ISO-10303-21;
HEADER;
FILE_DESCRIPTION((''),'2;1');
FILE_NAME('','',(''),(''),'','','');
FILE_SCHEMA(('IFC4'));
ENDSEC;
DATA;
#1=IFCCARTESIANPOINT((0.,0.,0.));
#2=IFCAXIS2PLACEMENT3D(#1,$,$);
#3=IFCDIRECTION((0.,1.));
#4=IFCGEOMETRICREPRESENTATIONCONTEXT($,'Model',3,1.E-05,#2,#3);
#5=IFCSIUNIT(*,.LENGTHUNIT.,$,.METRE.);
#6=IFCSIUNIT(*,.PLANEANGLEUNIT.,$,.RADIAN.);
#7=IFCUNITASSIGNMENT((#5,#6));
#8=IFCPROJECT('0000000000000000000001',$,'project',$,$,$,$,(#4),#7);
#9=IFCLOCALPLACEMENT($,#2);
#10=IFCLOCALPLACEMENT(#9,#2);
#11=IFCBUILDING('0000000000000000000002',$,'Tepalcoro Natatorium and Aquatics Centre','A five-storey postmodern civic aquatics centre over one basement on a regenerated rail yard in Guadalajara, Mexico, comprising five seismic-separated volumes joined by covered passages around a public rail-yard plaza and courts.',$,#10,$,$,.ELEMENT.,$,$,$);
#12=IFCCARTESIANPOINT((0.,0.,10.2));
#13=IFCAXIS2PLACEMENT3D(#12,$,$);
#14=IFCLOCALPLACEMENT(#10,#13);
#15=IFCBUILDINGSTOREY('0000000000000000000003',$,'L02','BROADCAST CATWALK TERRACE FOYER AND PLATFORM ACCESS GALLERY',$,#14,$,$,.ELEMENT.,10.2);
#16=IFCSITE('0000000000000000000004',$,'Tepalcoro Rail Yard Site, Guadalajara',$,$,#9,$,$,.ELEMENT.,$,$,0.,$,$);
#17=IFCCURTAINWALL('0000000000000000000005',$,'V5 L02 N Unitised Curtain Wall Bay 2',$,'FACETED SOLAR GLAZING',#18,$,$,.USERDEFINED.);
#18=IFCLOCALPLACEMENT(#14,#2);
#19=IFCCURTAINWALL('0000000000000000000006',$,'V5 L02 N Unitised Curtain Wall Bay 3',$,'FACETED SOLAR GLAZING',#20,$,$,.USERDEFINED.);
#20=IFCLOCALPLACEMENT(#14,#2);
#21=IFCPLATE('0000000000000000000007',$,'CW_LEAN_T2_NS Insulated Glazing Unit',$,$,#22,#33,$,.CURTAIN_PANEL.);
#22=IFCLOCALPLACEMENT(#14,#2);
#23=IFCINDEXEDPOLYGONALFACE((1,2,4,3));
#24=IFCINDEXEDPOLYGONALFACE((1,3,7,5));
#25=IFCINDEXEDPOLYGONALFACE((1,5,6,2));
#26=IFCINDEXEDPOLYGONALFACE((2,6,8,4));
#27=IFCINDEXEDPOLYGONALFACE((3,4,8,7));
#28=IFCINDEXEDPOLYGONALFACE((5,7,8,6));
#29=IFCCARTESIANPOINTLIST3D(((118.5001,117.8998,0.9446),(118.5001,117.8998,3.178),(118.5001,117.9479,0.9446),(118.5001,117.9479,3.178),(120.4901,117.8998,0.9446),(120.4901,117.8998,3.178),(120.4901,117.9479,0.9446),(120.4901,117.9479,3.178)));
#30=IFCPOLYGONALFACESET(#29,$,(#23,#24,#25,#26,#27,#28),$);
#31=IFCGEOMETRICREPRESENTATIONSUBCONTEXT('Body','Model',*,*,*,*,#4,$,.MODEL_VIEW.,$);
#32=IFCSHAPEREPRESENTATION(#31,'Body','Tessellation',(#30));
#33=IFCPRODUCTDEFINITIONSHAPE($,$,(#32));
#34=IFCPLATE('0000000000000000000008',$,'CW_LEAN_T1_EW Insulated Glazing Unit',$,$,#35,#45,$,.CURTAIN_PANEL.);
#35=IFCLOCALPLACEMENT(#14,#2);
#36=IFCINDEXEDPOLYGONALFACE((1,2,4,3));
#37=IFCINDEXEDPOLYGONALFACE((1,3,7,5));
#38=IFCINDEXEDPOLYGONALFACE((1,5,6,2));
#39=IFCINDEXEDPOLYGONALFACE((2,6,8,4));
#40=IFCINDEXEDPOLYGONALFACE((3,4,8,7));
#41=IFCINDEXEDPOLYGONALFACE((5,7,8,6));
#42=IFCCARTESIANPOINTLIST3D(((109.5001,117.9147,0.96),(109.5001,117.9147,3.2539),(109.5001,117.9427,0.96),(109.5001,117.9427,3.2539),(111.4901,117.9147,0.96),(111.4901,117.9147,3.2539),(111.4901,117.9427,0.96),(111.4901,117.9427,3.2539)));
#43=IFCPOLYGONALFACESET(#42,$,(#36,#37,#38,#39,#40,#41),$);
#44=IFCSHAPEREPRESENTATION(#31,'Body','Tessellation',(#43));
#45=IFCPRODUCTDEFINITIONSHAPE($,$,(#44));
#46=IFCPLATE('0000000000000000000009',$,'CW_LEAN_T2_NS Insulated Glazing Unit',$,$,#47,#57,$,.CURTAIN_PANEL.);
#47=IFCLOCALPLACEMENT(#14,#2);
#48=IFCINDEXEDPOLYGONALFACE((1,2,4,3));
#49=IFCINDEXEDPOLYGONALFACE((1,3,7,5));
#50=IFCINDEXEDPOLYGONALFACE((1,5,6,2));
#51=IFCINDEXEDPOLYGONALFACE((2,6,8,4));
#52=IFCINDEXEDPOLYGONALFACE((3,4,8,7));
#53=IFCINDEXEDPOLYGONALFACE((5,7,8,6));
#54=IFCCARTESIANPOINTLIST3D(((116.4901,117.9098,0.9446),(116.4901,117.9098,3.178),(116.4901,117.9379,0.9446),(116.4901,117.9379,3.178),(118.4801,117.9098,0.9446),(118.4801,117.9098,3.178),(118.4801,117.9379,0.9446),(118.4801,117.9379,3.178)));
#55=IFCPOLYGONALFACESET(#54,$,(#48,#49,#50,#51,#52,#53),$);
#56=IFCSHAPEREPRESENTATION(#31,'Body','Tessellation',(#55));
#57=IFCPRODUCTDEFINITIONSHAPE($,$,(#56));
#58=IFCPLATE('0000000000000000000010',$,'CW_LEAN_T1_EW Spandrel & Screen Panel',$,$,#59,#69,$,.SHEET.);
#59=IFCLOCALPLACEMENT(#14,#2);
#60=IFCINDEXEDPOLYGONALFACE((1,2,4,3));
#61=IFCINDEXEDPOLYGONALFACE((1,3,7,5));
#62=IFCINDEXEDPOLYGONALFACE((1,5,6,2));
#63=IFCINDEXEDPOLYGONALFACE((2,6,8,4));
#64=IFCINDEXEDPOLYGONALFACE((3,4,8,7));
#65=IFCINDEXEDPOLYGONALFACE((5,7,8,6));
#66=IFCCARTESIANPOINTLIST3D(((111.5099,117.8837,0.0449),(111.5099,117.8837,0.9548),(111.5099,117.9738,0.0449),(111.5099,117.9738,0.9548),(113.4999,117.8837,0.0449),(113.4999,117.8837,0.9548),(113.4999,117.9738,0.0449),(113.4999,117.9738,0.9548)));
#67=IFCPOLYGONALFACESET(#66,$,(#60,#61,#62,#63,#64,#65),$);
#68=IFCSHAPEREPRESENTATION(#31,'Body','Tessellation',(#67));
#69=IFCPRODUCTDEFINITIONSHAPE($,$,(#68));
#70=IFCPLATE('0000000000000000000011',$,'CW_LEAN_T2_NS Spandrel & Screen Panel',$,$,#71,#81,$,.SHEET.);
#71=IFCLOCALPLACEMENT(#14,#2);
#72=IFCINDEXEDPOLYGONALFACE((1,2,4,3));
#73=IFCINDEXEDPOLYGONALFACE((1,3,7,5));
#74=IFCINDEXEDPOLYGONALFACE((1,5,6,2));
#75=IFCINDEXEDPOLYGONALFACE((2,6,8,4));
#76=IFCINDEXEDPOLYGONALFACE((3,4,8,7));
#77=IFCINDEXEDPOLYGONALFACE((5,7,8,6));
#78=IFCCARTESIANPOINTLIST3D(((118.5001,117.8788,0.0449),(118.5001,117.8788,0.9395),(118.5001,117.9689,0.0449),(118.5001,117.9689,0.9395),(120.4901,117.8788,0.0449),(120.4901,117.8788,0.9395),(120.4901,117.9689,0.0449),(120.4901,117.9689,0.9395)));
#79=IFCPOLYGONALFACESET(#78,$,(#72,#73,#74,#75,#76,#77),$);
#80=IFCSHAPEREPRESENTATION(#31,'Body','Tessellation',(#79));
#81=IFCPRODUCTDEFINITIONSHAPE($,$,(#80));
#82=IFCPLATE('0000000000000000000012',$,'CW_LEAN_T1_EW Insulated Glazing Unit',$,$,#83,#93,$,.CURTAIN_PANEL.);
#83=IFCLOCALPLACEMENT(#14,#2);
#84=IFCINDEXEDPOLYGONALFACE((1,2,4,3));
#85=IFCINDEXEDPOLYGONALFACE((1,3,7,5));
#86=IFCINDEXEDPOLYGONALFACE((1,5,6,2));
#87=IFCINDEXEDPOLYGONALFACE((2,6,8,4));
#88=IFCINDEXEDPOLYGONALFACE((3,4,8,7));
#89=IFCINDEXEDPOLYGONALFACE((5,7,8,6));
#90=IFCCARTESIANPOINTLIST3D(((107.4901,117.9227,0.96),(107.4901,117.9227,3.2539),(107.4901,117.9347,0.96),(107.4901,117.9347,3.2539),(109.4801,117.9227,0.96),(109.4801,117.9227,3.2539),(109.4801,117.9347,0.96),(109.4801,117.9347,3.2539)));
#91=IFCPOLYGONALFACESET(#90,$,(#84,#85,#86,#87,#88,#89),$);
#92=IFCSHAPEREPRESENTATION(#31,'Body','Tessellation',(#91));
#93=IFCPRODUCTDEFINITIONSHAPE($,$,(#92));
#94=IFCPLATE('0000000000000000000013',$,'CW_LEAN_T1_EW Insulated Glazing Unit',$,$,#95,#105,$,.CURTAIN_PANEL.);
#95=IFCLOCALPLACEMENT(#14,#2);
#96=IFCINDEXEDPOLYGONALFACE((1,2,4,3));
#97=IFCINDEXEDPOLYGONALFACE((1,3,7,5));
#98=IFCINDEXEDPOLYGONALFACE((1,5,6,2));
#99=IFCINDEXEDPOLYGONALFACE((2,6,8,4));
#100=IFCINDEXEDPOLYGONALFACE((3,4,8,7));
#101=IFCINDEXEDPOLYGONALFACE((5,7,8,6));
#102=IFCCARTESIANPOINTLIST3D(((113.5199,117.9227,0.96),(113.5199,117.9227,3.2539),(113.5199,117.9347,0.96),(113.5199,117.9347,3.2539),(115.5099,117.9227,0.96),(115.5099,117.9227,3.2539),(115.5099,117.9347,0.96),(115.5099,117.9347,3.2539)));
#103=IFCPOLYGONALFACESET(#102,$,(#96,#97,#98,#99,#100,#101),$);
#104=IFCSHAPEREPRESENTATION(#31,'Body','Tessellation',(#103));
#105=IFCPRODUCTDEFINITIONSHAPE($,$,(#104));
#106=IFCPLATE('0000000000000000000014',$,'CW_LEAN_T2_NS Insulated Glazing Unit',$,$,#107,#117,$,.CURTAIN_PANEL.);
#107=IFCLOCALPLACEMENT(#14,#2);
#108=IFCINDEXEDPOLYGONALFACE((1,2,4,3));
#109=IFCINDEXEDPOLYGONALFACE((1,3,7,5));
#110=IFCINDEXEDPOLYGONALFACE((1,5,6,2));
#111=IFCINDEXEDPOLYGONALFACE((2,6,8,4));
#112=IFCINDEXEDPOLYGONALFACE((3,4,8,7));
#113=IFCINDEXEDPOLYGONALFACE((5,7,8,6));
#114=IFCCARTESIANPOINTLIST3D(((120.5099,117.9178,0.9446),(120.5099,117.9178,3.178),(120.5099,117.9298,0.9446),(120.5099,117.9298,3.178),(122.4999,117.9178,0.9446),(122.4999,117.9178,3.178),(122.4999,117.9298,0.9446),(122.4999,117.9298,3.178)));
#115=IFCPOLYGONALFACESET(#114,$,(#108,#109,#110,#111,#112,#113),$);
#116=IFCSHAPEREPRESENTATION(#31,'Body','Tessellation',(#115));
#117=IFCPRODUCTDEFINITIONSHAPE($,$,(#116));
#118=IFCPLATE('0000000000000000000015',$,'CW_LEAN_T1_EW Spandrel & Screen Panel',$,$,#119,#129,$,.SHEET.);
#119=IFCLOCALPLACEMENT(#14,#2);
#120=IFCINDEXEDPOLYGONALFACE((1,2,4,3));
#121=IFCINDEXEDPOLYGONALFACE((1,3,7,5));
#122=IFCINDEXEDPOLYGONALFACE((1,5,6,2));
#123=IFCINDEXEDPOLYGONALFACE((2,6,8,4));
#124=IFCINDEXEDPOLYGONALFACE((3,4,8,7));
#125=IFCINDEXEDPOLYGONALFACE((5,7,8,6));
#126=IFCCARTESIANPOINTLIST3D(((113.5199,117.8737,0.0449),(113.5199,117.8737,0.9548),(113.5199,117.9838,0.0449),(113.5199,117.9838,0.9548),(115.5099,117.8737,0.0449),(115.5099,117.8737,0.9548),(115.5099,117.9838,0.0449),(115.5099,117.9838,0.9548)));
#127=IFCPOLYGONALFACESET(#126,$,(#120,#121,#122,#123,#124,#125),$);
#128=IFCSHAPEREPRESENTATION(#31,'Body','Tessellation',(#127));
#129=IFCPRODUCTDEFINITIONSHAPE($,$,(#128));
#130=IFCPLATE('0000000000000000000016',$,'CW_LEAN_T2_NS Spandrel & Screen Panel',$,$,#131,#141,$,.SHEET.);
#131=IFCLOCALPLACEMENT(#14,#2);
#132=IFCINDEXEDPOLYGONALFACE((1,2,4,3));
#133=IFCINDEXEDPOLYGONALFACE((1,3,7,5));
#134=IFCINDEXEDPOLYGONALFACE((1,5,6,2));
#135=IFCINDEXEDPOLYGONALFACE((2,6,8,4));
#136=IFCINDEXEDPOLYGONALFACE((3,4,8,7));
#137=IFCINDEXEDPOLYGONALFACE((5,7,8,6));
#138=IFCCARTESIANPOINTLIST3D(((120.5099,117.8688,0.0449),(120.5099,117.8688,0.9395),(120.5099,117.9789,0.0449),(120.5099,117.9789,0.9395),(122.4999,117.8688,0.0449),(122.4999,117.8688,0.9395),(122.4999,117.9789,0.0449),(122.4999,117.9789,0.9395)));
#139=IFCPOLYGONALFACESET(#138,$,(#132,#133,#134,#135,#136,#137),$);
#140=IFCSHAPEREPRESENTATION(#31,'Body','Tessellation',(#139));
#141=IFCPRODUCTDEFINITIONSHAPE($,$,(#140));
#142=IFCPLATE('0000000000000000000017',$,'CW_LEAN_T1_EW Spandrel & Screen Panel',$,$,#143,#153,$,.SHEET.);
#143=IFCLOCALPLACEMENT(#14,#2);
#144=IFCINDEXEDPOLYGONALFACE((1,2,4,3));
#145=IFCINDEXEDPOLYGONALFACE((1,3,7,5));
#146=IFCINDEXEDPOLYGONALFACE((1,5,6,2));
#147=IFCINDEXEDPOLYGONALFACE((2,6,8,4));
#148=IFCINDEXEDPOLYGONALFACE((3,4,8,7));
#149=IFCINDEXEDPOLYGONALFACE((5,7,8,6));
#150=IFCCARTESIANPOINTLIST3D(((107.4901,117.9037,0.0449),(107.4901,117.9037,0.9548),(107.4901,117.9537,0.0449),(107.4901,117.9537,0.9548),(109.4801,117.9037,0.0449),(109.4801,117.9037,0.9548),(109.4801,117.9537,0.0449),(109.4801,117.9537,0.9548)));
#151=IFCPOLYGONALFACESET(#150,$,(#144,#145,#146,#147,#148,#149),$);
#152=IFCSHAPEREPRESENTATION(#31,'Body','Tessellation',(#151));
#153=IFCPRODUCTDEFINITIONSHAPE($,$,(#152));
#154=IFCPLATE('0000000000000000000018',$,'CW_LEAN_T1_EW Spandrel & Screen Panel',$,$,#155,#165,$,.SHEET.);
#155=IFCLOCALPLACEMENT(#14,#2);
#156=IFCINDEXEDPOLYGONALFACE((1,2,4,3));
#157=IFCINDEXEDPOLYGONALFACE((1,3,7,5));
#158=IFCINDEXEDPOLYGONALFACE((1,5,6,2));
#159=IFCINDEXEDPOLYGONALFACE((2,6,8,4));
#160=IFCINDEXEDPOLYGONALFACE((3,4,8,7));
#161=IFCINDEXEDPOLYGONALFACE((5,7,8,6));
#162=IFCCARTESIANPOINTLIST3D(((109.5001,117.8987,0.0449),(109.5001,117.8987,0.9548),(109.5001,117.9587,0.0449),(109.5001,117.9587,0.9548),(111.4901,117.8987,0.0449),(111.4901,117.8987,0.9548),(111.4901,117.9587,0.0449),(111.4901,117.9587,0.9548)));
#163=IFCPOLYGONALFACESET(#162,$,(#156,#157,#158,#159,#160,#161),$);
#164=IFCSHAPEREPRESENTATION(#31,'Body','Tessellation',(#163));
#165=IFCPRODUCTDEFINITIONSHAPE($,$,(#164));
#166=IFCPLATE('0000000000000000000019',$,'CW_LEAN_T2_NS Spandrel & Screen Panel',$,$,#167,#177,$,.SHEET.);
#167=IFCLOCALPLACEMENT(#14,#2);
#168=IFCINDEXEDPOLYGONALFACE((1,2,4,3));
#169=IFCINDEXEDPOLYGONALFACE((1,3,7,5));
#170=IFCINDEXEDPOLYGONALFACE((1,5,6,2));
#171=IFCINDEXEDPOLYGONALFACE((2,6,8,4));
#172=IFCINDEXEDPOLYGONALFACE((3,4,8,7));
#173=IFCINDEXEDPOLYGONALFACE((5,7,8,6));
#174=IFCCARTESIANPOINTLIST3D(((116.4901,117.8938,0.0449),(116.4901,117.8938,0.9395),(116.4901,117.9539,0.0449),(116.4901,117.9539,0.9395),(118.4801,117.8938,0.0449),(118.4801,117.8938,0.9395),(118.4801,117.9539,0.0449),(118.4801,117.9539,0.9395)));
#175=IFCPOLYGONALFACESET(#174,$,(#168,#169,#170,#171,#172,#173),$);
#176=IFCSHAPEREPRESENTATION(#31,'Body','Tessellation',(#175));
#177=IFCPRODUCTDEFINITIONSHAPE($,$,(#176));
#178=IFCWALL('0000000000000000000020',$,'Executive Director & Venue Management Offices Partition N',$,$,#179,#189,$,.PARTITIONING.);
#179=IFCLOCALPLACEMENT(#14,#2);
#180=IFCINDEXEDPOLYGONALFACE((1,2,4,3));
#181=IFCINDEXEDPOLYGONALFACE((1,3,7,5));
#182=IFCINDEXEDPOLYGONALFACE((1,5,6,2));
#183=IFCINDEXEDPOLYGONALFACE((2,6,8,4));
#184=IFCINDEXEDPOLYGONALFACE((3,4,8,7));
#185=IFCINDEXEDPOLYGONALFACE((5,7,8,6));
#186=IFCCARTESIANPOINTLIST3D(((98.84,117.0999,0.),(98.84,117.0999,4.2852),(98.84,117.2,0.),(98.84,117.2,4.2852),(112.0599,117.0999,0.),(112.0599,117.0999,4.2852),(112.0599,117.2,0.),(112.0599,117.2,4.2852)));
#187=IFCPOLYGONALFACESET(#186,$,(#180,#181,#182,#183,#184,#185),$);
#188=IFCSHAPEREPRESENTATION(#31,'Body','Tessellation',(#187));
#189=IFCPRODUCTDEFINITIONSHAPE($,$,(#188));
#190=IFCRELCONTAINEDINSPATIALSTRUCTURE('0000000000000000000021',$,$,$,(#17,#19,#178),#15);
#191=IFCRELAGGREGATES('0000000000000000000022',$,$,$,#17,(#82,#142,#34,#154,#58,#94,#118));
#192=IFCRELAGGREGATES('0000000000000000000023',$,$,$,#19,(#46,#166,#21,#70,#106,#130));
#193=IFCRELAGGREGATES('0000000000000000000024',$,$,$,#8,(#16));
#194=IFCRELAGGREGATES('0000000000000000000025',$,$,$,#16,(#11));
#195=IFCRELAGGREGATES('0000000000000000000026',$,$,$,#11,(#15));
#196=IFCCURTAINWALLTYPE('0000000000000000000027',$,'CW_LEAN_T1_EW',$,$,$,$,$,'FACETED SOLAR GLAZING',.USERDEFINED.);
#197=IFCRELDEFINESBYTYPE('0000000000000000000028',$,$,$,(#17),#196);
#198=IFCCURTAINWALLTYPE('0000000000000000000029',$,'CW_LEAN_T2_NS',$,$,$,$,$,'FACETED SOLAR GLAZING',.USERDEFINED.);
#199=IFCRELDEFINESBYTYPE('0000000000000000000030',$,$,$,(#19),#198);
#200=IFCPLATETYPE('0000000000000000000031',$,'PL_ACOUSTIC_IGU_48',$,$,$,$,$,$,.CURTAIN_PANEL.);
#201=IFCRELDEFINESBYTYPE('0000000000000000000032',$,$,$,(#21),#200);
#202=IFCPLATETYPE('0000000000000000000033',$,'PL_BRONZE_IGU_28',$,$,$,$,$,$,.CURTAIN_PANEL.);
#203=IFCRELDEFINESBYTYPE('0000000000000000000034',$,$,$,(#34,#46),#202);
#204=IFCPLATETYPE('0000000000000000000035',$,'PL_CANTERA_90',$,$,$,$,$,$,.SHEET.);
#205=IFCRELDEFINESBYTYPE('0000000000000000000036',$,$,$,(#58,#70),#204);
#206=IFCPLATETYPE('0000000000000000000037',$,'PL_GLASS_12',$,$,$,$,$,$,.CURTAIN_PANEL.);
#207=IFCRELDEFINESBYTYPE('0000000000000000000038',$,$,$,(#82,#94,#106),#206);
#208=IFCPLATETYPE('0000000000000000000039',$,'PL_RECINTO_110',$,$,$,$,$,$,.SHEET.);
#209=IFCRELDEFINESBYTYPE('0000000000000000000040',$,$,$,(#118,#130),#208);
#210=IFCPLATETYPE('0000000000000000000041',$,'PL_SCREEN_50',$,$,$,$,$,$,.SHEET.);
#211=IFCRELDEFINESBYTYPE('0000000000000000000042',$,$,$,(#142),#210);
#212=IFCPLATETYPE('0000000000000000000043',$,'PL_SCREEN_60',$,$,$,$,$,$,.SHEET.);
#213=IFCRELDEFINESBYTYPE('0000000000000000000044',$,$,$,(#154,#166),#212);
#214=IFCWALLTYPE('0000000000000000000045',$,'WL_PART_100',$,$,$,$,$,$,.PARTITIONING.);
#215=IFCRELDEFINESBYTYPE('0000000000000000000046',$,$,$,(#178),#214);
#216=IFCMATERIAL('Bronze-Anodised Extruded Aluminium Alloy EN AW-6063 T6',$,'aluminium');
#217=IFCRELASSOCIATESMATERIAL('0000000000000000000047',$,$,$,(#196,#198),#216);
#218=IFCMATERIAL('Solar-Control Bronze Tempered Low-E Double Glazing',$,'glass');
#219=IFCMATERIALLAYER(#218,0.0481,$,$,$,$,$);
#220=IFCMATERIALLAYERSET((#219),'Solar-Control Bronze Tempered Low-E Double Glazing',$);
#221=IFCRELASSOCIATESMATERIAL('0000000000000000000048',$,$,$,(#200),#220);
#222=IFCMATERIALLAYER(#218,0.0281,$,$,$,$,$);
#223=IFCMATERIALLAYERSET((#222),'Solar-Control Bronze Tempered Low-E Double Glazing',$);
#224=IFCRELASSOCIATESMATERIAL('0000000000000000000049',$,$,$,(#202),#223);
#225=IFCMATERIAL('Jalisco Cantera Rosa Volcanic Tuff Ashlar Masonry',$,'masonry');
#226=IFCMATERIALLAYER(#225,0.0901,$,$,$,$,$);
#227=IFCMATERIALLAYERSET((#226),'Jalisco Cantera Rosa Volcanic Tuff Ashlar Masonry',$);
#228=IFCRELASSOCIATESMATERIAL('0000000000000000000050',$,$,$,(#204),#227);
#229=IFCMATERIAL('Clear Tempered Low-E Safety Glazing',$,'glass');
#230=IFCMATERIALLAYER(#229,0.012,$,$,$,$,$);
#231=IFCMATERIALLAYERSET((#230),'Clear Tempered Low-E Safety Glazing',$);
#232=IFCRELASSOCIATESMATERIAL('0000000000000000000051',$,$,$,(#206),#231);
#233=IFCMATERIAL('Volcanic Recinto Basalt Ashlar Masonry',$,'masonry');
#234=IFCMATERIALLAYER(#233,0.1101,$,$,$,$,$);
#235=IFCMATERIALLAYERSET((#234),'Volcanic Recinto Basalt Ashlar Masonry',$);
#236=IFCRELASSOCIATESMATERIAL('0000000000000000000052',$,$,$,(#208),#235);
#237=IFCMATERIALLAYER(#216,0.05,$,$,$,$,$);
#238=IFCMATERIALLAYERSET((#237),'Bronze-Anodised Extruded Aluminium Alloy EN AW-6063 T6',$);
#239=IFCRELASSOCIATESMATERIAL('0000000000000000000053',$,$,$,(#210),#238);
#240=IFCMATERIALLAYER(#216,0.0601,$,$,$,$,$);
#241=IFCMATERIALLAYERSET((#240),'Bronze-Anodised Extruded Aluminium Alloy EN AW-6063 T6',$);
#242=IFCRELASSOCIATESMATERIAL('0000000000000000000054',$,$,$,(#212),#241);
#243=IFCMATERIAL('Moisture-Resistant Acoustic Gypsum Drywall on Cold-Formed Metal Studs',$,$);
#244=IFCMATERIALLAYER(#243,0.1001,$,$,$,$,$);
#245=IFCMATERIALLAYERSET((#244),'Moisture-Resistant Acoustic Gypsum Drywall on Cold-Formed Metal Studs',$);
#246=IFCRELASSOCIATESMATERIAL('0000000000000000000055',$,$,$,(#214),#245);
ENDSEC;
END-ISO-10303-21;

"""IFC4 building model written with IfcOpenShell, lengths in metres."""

from ifc_helpers import new_model, si_unit, direction, frame, frame_2d, origin, origin_2d, place, context, subcontext, project, spatial, rectangle, extrude, material, layer, layer_set, type_object, element, aggregate, save


model = new_model("IFC4")

# Units and contexts
model_context = context("Model", 3, precision=1e-05, world=origin(), true_north=direction((0.0, 1.0)))
body_context = subcontext(model_context, "Body", "Model", "MODEL_VIEW")
ifc_project = project(units=[si_unit("LENGTHUNIT", "METRE"), si_unit("PLANEANGLEUNIT", "RADIAN")], contexts=[model_context])

# Site, building, storey
site_placement = place(None, origin())
site = spatial("IfcSite", under=ifc_project, at=site_placement, Name="Tepalcoro Rail Yard Site, Guadalajara", CompositionType="ELEMENT", RefElevation=0.0)
building_placement = place(site_placement, origin())
building = spatial("IfcBuilding", under=site, at=building_placement, Name="Tepalcoro Natatorium and Aquatics Centre", Description="A five-storey postmodern civic aquatics centre over one basement on a regenerated rail yard in Guadalajara, Mexico, comprising five seismic-separated volumes joined by covered passages around a public rail-yard plaza and courts.", CompositionType="ELEMENT")
storey_placement = place(building_placement, frame((0.0, 0.0, 10.2)))
storey = spatial("IfcBuildingStorey", under=building, at=storey_placement, Name="L02", Description="BROADCAST CATWALK TERRACE FOYER AND PLATFORM ACCESS GALLERY", CompositionType="ELEMENT", Elevation=10.2)

# Curtain walls
ifc_material_1 = material(Name="Bronze-Anodised Extruded Aluminium Alloy EN AW-6063 T6", Category="aluminium")
curtain_wall_type_1 = type_object("IfcCurtainWallType", Name="CW_LEAN_T1_EW", ElementType="FACETED SOLAR GLAZING", PredefinedType="USERDEFINED", material=ifc_material_1)
curtain_wall_1_placement = place(storey_placement, origin())
curtain_wall_1 = element("IfcCurtainWall", 1, at=curtain_wall_1_placement, inside=storey, type_object=curtain_wall_type_1, Name="V5 L02 N Unitised Curtain Wall Bay 2", ObjectType="FACETED SOLAR GLAZING", PredefinedType="USERDEFINED")
curtain_wall_type_2 = type_object("IfcCurtainWallType", Name="CW_LEAN_T2_NS", ElementType="FACETED SOLAR GLAZING", PredefinedType="USERDEFINED", material=ifc_material_1)
curtain_wall_2_placement = place(storey_placement, origin())
curtain_wall_2 = element("IfcCurtainWall", 2, at=curtain_wall_2_placement, inside=storey, type_object=curtain_wall_type_2, Name="V5 L02 N Unitised Curtain Wall Bay 3", ObjectType="FACETED SOLAR GLAZING", PredefinedType="USERDEFINED")

# Plates
ifc_material_2 = material(Name="Solar-Control Bronze Tempered Low-E Double Glazing", Category="glass")
ifc_layer_1 = layer(ifc_material_2, 0.0481)
ifc_layer_set_1 = layer_set([ifc_layer_1], Name="Solar-Control Bronze Tempered Low-E Double Glazing")
plate_type_1 = type_object("IfcPlateType", Name="PL_ACOUSTIC_IGU_48", PredefinedType="CURTAIN_PANEL", material=ifc_layer_set_1)
plate_1_placement = place(storey_placement, frame((119.4951, 117.9238, 0.9446), z_axis=(0.0, 0.0, 1.0), x_axis=(1.0, 0.0, 0.0)))
plate_1 = element("IfcPlate", 3, at=plate_1_placement, type_object=plate_type_1, Name="CW_LEAN_T2_NS Insulated Glazing Unit", PredefinedType="CURTAIN_PANEL", context=body_context, shape_type="SweptSolid", body=[
    extrude(rectangle(XDim=1.99, YDim=0.0481, at=origin_2d()), origin(), (0.0, 0.0, 1.0), 2.2334),
])
ifc_layer_2 = layer(ifc_material_2, 0.0281)
ifc_layer_set_2 = layer_set([ifc_layer_2], Name="Solar-Control Bronze Tempered Low-E Double Glazing")
plate_type_2 = type_object("IfcPlateType", Name="PL_BRONZE_IGU_28", PredefinedType="CURTAIN_PANEL", material=ifc_layer_set_2)
plate_2_placement = place(storey_placement, frame((110.4951, 117.9287, 0.96), z_axis=(0.0, 0.0, 1.0), x_axis=(1.0, 0.0, 0.0)))
plate_2 = element("IfcPlate", 4, at=plate_2_placement, type_object=plate_type_2, Name="CW_LEAN_T1_EW Insulated Glazing Unit", PredefinedType="CURTAIN_PANEL", context=body_context, shape_type="SweptSolid", body=[
    extrude(rectangle(XDim=1.99, YDim=0.0281, at=origin_2d()), origin(), (0.0, 0.0, 1.0), 2.2939),
])
plate_3_placement = place(storey_placement, frame((117.4851, 117.9238, 0.9446), z_axis=(0.0, 0.0, 1.0), x_axis=(1.0, 0.0, 0.0)))
plate_3 = element("IfcPlate", 5, at=plate_3_placement, type_object=plate_type_2, Name="CW_LEAN_T2_NS Insulated Glazing Unit", PredefinedType="CURTAIN_PANEL", context=body_context, shape_type="SweptSolid", body=[
    extrude(rectangle(XDim=1.99, YDim=0.0281, at=origin_2d()), origin(), (0.0, 0.0, 1.0), 2.2334),
])
ifc_material_3 = material(Name="Jalisco Cantera Rosa Volcanic Tuff Ashlar Masonry", Category="masonry")
ifc_layer_3 = layer(ifc_material_3, 0.0901)
ifc_layer_set_3 = layer_set([ifc_layer_3], Name="Jalisco Cantera Rosa Volcanic Tuff Ashlar Masonry")
plate_type_3 = type_object("IfcPlateType", Name="PL_CANTERA_90", PredefinedType="SHEET", material=ifc_layer_set_3)
plate_4_placement = place(storey_placement, frame((112.5049, 117.9287, 0.0449), z_axis=(0.0, 0.0, 1.0), x_axis=(1.0, 0.0, 0.0)))
plate_4 = element("IfcPlate", 6, at=plate_4_placement, type_object=plate_type_3, Name="CW_LEAN_T1_EW Spandrel & Screen Panel", PredefinedType="SHEET", context=body_context, shape_type="SweptSolid", body=[
    extrude(rectangle(XDim=1.99, YDim=0.0901, at=origin_2d()), origin(), (0.0, 0.0, 1.0), 0.9099),
])
plate_5_placement = place(storey_placement, frame((119.4951, 117.9238, 0.0449), z_axis=(0.0, 0.0, 1.0), x_axis=(1.0, 0.0, 0.0)))
plate_5 = element("IfcPlate", 7, at=plate_5_placement, type_object=plate_type_3, Name="CW_LEAN_T2_NS Spandrel & Screen Panel", PredefinedType="SHEET", context=body_context, shape_type="SweptSolid", body=[
    extrude(rectangle(XDim=1.99, YDim=0.0901, at=origin_2d()), origin(), (0.0, 0.0, 1.0), 0.8945),
])
ifc_material_4 = material(Name="Clear Tempered Low-E Safety Glazing", Category="glass")
ifc_layer_4 = layer(ifc_material_4, 0.012)
ifc_layer_set_4 = layer_set([ifc_layer_4], Name="Clear Tempered Low-E Safety Glazing")
plate_type_4 = type_object("IfcPlateType", Name="PL_GLASS_12", PredefinedType="CURTAIN_PANEL", material=ifc_layer_set_4)
plate_6_placement = place(storey_placement, frame((108.4851, 117.9287, 0.96), z_axis=(0.0, 0.0, 1.0), x_axis=(1.0, 0.0, 0.0)))
plate_6 = element("IfcPlate", 8, at=plate_6_placement, type_object=plate_type_4, Name="CW_LEAN_T1_EW Insulated Glazing Unit", PredefinedType="CURTAIN_PANEL", context=body_context, shape_type="SweptSolid", body=[
    extrude(rectangle(XDim=1.99, YDim=0.012, at=origin_2d()), origin(), (0.0, 0.0, 1.0), 2.2939),
])
plate_7_placement = place(storey_placement, frame((114.5149, 117.9287, 0.96), z_axis=(0.0, 0.0, 1.0), x_axis=(1.0, 0.0, 0.0)))
plate_7 = element("IfcPlate", 9, at=plate_7_placement, type_object=plate_type_4, Name="CW_LEAN_T1_EW Insulated Glazing Unit", PredefinedType="CURTAIN_PANEL", context=body_context, shape_type="SweptSolid", body=[
    extrude(rectangle(XDim=1.99, YDim=0.012, at=origin_2d()), origin(), (0.0, 0.0, 1.0), 2.2939),
])
plate_8_placement = place(storey_placement, frame((121.5049, 117.9238, 0.9446), z_axis=(0.0, 0.0, 1.0), x_axis=(1.0, 0.0, 0.0)))
plate_8 = element("IfcPlate", 10, at=plate_8_placement, type_object=plate_type_4, Name="CW_LEAN_T2_NS Insulated Glazing Unit", PredefinedType="CURTAIN_PANEL", context=body_context, shape_type="SweptSolid", body=[
    extrude(rectangle(XDim=1.99, YDim=0.012, at=origin_2d()), origin(), (0.0, 0.0, 1.0), 2.2334),
])
ifc_material_5 = material(Name="Volcanic Recinto Basalt Ashlar Masonry", Category="masonry")
ifc_layer_5 = layer(ifc_material_5, 0.1101)
ifc_layer_set_5 = layer_set([ifc_layer_5], Name="Volcanic Recinto Basalt Ashlar Masonry")
plate_type_5 = type_object("IfcPlateType", Name="PL_RECINTO_110", PredefinedType="SHEET", material=ifc_layer_set_5)
plate_9_placement = place(storey_placement, frame((114.5149, 117.9287, 0.0449), z_axis=(0.0, 0.0, 1.0), x_axis=(1.0, 0.0, 0.0)))
plate_9 = element("IfcPlate", 11, at=plate_9_placement, type_object=plate_type_5, Name="CW_LEAN_T1_EW Spandrel & Screen Panel", PredefinedType="SHEET", context=body_context, shape_type="SweptSolid", body=[
    extrude(rectangle(XDim=1.99, YDim=0.1101, at=origin_2d()), origin(), (0.0, 0.0, 1.0), 0.9099),
])
plate_10_placement = place(storey_placement, frame((121.5049, 117.9238, 0.0449), z_axis=(0.0, 0.0, 1.0), x_axis=(1.0, 0.0, 0.0)))
plate_10 = element("IfcPlate", 12, at=plate_10_placement, type_object=plate_type_5, Name="CW_LEAN_T2_NS Spandrel & Screen Panel", PredefinedType="SHEET", context=body_context, shape_type="SweptSolid", body=[
    extrude(rectangle(XDim=1.99, YDim=0.1101, at=origin_2d()), origin(), (0.0, 0.0, 1.0), 0.8945),
])
ifc_layer_6 = layer(ifc_material_1, 0.05)
ifc_layer_set_6 = layer_set([ifc_layer_6], Name="Bronze-Anodised Extruded Aluminium Alloy EN AW-6063 T6")
plate_type_6 = type_object("IfcPlateType", Name="PL_SCREEN_50", PredefinedType="SHEET", material=ifc_layer_set_6)
plate_11_placement = place(storey_placement, frame((108.4851, 117.9287, 0.0449), z_axis=(0.0, 0.0, 1.0), x_axis=(1.0, 0.0, 0.0)))
plate_11 = element("IfcPlate", 13, at=plate_11_placement, type_object=plate_type_6, Name="CW_LEAN_T1_EW Spandrel & Screen Panel", PredefinedType="SHEET", context=body_context, shape_type="SweptSolid", body=[
    extrude(rectangle(XDim=1.99, YDim=0.05, at=origin_2d()), origin(), (0.0, 0.0, 1.0), 0.9099),
])
ifc_layer_7 = layer(ifc_material_1, 0.0601)
ifc_layer_set_7 = layer_set([ifc_layer_7], Name="Bronze-Anodised Extruded Aluminium Alloy EN AW-6063 T6")
plate_type_7 = type_object("IfcPlateType", Name="PL_SCREEN_60", PredefinedType="SHEET", material=ifc_layer_set_7)
plate_12_placement = place(storey_placement, frame((110.4951, 117.9287, 0.0449), z_axis=(0.0, 0.0, 1.0), x_axis=(1.0, 0.0, 0.0)))
plate_12 = element("IfcPlate", 14, at=plate_12_placement, type_object=plate_type_7, Name="CW_LEAN_T1_EW Spandrel & Screen Panel", PredefinedType="SHEET", context=body_context, shape_type="SweptSolid", body=[
    extrude(rectangle(XDim=1.99, YDim=0.0601, at=origin_2d()), origin(), (0.0, 0.0, 1.0), 0.9099),
])
aggregate(curtain_wall_1, [plate_6, plate_11, plate_2, plate_12, plate_4, plate_7, plate_9])
plate_13_placement = place(storey_placement, frame((117.4851, 117.9238, 0.0449), z_axis=(0.0, 0.0, 1.0), x_axis=(1.0, 0.0, 0.0)))
plate_13 = element("IfcPlate", 15, at=plate_13_placement, type_object=plate_type_7, Name="CW_LEAN_T2_NS Spandrel & Screen Panel", PredefinedType="SHEET", context=body_context, shape_type="SweptSolid", body=[
    extrude(rectangle(XDim=1.99, YDim=0.0601, at=origin_2d()), origin(), (0.0, 0.0, 1.0), 0.8945),
])
aggregate(curtain_wall_2, [plate_3, plate_13, plate_1, plate_5, plate_8, plate_10])

# Wall
ifc_material_6 = material(Name="Moisture-Resistant Acoustic Gypsum Drywall on Cold-Formed Metal Studs")
ifc_layer_8 = layer(ifc_material_6, 0.1001)
ifc_layer_set_8 = layer_set([ifc_layer_8], Name="Moisture-Resistant Acoustic Gypsum Drywall on Cold-Formed Metal Studs")
wall_type_1 = type_object("IfcWallType", Name="WL_PART_100", PredefinedType="PARTITIONING", material=ifc_layer_set_8)
wall_1_placement = place(storey_placement, frame((98.8401, 117.1499, 0.0), z_axis=(0.0, 0.0, 1.0), x_axis=(1.0, 0.0, 0.0)))
element("IfcWall", 16, at=wall_1_placement, inside=storey, type_object=wall_type_1, Name="Executive Director & Venue Management Offices Partition N", PredefinedType="PARTITIONING", context=body_context, shape_type="SweptSolid", body=[
    extrude(rectangle(XDim=13.22, YDim=0.1001, at=frame_2d((6.6099, 0.0))), origin(), (0.0, 0.0, 1.0), 4.2852),
])

save(model, "model.ifc")
